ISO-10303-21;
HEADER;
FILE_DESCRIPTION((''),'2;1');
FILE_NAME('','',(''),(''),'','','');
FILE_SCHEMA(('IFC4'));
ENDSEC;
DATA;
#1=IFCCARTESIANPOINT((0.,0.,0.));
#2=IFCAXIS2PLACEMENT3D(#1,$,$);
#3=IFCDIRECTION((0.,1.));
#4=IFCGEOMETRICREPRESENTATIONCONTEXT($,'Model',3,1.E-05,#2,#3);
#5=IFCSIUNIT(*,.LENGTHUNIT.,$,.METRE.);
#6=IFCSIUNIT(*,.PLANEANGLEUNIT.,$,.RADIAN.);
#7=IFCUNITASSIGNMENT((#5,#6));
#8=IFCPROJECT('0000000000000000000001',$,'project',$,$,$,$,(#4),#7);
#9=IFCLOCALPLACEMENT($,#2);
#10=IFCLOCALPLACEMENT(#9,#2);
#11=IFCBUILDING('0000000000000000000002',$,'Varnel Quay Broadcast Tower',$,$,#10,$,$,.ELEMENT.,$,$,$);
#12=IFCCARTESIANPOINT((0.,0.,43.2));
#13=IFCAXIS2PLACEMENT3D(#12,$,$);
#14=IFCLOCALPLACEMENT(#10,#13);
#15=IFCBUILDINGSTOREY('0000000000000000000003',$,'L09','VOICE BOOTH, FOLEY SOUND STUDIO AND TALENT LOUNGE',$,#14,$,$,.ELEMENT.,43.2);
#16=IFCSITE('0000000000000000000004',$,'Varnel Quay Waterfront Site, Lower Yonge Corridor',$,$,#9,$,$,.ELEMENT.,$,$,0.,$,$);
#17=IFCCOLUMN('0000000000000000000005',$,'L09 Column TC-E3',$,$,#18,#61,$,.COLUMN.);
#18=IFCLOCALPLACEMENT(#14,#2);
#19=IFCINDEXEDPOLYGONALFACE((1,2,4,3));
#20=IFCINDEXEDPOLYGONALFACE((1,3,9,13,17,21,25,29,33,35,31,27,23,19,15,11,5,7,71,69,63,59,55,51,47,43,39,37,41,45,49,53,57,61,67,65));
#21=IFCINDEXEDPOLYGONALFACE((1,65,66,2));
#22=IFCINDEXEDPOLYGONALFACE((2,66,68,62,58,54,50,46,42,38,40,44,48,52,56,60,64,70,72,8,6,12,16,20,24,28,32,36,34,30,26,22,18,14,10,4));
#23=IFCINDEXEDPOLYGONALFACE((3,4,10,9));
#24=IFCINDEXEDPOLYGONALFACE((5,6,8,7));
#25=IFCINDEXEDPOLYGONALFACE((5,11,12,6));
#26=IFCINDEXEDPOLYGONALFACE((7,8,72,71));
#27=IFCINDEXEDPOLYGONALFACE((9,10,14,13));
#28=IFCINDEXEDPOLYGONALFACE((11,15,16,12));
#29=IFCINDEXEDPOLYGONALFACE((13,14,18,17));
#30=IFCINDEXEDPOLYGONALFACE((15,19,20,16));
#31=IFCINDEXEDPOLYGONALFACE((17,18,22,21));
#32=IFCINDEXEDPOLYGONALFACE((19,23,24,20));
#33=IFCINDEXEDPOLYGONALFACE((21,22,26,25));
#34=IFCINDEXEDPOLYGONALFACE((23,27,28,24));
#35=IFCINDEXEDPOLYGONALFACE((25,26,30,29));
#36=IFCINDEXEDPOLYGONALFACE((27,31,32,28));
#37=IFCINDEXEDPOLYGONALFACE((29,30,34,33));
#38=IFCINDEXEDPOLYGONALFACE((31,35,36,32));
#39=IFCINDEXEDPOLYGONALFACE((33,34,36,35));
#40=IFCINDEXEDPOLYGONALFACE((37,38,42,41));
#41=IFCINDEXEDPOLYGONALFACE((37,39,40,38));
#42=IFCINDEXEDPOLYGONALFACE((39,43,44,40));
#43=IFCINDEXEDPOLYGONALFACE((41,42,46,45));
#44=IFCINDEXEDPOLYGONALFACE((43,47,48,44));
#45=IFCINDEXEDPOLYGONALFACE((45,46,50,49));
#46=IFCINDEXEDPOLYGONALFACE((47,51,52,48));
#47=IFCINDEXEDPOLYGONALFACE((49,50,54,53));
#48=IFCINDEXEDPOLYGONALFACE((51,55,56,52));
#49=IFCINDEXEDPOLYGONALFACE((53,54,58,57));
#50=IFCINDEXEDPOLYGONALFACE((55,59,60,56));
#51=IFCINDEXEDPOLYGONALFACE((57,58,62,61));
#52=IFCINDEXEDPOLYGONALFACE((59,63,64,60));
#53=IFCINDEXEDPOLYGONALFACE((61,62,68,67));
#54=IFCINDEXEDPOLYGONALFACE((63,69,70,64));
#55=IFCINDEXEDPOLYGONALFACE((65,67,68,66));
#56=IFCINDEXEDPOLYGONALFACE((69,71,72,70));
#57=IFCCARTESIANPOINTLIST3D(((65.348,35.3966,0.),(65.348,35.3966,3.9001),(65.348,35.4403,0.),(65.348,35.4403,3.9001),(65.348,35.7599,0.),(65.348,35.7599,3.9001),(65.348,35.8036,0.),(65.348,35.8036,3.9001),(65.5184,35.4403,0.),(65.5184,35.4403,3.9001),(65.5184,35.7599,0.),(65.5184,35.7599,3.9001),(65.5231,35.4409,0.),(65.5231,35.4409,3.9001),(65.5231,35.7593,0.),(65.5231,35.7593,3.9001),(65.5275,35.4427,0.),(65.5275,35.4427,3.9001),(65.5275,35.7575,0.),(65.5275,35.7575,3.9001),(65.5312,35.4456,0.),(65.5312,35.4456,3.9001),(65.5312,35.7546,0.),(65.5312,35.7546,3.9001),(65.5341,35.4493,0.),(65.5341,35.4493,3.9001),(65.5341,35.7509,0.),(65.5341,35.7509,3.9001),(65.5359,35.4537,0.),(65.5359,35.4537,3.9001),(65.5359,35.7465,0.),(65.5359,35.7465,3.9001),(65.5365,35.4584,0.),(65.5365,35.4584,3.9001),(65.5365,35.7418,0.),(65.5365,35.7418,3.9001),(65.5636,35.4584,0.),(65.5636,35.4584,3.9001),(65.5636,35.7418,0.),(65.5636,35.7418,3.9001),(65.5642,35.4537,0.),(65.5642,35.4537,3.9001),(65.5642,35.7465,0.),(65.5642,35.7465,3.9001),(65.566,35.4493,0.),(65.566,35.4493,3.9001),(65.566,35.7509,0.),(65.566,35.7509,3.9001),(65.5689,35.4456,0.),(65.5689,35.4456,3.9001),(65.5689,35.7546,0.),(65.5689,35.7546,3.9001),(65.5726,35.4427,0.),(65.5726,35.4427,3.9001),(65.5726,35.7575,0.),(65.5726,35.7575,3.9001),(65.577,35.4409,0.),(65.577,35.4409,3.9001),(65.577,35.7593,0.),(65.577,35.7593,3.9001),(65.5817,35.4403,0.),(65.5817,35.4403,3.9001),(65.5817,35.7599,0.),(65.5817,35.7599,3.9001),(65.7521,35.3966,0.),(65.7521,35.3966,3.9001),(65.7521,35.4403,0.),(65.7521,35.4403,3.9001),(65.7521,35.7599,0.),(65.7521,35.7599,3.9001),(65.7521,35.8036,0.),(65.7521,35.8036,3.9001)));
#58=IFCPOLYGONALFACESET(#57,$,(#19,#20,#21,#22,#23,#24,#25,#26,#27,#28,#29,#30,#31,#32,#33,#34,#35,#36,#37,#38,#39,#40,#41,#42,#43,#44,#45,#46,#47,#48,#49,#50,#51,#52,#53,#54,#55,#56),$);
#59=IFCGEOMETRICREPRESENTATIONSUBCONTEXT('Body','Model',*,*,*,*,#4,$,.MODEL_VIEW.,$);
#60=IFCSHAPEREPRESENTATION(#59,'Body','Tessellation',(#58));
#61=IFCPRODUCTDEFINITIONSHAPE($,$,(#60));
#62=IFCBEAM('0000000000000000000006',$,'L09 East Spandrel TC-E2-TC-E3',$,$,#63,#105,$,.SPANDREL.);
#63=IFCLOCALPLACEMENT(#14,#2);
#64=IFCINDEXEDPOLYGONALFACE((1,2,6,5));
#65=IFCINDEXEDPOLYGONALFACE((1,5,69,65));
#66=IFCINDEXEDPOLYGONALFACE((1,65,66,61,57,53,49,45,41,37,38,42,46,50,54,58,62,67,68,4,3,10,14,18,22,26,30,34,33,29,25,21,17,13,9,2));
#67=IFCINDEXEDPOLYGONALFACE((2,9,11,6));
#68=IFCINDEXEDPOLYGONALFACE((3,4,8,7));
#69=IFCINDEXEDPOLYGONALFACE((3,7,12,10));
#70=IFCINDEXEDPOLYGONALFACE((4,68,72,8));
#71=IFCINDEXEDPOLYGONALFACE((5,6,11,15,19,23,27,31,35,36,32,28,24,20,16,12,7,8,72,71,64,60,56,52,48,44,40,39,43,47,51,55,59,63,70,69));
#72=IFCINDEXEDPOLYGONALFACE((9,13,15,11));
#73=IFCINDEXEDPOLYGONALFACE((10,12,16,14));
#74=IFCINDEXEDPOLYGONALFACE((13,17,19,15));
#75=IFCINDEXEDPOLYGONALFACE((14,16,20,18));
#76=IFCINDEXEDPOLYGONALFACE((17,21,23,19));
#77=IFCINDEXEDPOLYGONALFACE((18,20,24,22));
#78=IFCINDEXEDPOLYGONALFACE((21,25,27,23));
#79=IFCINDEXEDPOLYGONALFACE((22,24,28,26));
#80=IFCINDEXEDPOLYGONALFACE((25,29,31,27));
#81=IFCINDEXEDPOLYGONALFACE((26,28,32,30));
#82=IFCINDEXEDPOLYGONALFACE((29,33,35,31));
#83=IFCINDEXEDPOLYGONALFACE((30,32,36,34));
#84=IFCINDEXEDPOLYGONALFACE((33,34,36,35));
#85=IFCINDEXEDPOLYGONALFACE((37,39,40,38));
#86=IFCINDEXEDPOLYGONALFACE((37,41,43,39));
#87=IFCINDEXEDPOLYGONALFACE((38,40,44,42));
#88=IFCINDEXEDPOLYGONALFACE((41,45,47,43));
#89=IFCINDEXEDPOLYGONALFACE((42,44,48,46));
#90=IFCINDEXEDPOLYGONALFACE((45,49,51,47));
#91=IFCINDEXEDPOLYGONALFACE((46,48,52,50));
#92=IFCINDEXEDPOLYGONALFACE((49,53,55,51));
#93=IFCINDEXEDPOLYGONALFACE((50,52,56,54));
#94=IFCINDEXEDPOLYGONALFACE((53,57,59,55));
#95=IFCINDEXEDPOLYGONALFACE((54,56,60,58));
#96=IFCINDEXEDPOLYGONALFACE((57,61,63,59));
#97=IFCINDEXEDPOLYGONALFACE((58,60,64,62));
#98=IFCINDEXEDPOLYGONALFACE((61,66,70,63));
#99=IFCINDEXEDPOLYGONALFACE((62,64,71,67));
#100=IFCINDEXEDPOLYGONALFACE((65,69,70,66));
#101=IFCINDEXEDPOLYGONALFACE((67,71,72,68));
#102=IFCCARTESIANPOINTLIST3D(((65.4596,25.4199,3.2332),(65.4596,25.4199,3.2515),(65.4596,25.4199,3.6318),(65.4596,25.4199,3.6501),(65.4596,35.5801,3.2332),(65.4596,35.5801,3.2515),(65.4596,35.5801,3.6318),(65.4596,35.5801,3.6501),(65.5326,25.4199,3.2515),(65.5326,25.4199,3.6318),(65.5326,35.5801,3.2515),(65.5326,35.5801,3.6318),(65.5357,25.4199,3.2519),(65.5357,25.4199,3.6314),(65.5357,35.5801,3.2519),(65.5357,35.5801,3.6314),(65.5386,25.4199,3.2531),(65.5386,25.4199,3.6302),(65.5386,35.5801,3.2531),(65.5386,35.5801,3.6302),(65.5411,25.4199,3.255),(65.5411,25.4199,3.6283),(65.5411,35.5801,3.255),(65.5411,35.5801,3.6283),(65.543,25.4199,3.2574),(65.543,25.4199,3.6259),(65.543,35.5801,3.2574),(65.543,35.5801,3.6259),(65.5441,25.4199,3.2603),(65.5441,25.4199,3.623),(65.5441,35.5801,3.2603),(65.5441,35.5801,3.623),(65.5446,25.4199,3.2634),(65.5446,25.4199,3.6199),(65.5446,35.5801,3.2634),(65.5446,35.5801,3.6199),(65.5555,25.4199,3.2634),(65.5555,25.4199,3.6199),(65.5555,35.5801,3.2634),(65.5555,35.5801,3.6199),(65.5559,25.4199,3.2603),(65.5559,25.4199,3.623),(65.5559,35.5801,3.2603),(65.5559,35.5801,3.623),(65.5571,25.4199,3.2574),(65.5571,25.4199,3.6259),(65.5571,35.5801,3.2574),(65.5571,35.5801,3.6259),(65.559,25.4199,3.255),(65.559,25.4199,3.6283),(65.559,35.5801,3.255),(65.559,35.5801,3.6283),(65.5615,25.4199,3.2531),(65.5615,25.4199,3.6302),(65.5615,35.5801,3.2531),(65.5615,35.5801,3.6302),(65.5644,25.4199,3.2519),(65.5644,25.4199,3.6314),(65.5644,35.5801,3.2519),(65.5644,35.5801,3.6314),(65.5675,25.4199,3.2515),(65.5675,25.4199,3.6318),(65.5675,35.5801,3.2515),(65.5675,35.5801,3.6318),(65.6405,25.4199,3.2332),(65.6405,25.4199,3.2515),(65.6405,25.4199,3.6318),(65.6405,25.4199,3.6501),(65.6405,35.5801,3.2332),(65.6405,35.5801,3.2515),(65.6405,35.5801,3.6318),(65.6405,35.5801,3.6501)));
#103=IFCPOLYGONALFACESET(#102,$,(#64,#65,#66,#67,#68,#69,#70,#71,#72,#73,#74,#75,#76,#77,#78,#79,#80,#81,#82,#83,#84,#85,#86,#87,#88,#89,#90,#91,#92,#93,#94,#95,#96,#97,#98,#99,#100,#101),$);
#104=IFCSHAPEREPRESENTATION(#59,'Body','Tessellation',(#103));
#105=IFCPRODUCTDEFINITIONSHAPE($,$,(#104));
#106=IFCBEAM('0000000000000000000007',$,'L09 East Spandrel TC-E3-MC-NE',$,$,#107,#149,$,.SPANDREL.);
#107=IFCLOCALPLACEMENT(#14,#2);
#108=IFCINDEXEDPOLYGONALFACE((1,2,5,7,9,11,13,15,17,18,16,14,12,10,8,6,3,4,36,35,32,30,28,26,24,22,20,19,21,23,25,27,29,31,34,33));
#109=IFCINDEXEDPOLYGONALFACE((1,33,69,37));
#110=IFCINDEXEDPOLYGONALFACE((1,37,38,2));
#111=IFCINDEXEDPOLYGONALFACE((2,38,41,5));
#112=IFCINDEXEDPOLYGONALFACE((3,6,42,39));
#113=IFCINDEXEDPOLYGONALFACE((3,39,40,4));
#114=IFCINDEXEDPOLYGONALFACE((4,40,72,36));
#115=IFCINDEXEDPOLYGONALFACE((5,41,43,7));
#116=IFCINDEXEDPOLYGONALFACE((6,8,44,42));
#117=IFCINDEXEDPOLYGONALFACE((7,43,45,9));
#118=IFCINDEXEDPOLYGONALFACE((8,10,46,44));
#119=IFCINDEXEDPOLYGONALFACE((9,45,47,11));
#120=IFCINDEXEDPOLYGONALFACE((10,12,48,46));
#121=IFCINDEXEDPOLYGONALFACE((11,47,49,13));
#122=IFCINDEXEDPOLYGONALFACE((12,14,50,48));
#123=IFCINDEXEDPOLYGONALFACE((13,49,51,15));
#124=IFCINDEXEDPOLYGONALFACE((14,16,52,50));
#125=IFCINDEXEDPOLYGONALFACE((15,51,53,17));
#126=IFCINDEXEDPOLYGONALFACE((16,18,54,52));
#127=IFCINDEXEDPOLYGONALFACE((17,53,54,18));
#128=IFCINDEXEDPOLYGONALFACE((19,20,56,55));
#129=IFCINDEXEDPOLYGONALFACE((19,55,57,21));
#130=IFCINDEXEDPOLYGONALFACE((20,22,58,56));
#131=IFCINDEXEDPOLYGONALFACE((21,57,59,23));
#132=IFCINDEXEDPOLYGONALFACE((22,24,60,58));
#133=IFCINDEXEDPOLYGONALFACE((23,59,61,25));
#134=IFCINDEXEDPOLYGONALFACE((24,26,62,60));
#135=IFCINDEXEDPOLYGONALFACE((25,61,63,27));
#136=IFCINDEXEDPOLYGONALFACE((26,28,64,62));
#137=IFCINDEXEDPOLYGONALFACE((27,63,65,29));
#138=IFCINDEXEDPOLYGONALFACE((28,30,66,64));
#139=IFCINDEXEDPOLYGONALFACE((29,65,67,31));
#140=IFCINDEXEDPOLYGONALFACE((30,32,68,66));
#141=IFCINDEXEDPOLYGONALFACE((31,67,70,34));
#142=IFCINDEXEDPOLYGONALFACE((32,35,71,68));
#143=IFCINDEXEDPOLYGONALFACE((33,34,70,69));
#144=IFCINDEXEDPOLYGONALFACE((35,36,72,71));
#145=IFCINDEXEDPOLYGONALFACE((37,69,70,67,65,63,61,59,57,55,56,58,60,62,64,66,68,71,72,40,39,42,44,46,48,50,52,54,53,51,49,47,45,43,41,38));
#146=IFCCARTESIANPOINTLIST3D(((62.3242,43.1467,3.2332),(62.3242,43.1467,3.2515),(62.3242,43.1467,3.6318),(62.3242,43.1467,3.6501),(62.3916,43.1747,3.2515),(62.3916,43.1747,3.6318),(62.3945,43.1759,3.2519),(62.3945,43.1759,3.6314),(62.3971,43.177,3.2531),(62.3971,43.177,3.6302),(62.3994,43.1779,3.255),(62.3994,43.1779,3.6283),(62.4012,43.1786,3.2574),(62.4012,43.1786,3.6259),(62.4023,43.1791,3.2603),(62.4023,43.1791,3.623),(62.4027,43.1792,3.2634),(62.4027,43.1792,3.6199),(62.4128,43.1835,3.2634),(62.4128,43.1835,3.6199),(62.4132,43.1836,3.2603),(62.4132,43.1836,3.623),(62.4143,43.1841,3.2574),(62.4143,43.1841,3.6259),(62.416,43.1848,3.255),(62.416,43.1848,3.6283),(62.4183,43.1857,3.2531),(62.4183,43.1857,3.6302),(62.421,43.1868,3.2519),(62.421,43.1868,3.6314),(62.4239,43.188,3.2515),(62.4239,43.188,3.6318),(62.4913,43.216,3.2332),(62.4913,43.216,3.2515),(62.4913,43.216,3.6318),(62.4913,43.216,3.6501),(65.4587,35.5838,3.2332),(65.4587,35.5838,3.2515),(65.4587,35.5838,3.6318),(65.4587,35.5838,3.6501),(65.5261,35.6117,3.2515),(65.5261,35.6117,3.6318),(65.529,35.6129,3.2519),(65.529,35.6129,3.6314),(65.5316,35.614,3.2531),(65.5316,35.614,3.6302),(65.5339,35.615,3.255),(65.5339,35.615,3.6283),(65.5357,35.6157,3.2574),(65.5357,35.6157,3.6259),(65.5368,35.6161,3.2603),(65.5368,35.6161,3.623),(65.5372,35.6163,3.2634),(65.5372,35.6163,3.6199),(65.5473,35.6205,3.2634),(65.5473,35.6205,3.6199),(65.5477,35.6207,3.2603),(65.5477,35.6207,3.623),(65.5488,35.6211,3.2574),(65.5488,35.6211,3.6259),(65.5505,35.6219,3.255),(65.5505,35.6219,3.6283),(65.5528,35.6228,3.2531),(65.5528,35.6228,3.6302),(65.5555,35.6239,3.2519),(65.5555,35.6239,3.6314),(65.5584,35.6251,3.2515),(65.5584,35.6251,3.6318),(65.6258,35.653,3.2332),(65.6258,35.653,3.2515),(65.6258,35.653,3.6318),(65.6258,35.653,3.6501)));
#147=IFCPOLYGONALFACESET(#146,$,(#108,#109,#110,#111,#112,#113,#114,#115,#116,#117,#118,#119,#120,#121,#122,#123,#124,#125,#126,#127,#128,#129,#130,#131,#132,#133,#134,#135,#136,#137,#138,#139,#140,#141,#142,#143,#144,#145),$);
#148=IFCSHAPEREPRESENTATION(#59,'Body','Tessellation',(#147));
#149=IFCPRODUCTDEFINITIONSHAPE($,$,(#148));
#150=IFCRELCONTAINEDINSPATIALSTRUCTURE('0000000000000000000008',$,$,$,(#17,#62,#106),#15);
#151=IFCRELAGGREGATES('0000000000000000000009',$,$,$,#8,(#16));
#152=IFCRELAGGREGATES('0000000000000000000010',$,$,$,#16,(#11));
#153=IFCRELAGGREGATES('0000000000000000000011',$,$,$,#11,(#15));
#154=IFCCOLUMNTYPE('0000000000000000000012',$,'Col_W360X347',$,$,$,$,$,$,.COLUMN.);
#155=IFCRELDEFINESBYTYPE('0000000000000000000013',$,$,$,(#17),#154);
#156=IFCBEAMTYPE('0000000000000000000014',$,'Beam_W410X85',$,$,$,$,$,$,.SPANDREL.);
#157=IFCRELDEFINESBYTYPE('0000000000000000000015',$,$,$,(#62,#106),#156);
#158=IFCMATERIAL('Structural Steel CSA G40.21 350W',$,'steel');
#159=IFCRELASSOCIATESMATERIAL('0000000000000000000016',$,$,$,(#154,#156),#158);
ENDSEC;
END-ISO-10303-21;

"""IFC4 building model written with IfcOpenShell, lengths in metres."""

from ifc_helpers import new_model, si_unit, direction, frame, origin, origin_2d, place, context, subcontext, project, spatial, i_section, extrude, source, transform, mapped, material, material_profile, profile_set, type_object, type_shapes, element, save


model = new_model("IFC4")

# Units and contexts
model_context = context("Model", 3, precision=1e-05, world=origin(), true_north=direction((0.0, 1.0)))
body_context = subcontext(model_context, "Body", "Model", "MODEL_VIEW")
ifc_project = project(units=[si_unit("LENGTHUNIT", "METRE"), si_unit("PLANEANGLEUNIT", "RADIAN")], contexts=[model_context])

# Site, building, storey
site_placement = place(None, origin())
site = spatial("IfcSite", under=ifc_project, at=site_placement, Name="Varnel Quay Waterfront Site, Lower Yonge Corridor", CompositionType="ELEMENT", RefElevation=0.0)
building_placement = place(site_placement, origin())
building = spatial("IfcBuilding", under=site, at=building_placement, Name="Varnel Quay Broadcast Tower", CompositionType="ELEMENT")
storey_placement = place(building_placement, frame((0.0, 0.0, 43.2)))
storey = spatial("IfcBuildingStorey", under=building, at=storey_placement, Name="L09", Description="VOICE BOOTH, FOLEY SOUND STUDIO AND TALENT LOUNGE", CompositionType="ELEMENT", Elevation=43.2)

# Column
ifc_material_1 = material(Name="Structural Steel CSA G40.21 350W", Category="steel")
ifc_material_profile_1 = material_profile(ifc_material_1, i_section(OverallWidth=0.4041, OverallDepth=0.407, WebThickness=0.0271, FlangeThickness=0.0437, FilletRadius=0.0181, at=origin_2d()), Name="W360X347")
ifc_profile_set_1 = profile_set([ifc_material_profile_1], Name="Structural Steel CSA G40.21 350W")
column_type_1 = type_object("IfcColumnType", Name="Col_W360X347", PredefinedType="COLUMN", material=ifc_profile_set_1)
shared_shape_1 = source(origin(), body_context, "Body", "SweptSolid", [
    extrude(i_section(OverallWidth=0.4041, OverallDepth=0.407, WebThickness=0.0271, FlangeThickness=0.0437, FilletRadius=0.0181, at=origin_2d()), origin(), (0.0, 0.0, 1.0), 3.9001),
])
type_shapes(column_type_1, [shared_shape_1])
for number, where, z_axis, x_axis, name in (
    (1, (65.55, 35.6001, 0.0), (0.0, 0.0, 1.0), (1.0, 0.0, 0.0), "L09 Column TC-E3"),
):
    element("IfcColumn", number, at=place(storey_placement, frame(where, z_axis=z_axis, x_axis=x_axis)), inside=storey, type_object=column_type_1, Name=name, PredefinedType="COLUMN", context=body_context, shape_type="MappedRepresentation", body=[
        mapped(shared_shape_1, transform((0.0, 0.0, 0.0), x_axis=(1.0, 0.0, 0.0), y_axis=(0.0, 1.0, 0.0), z_axis=(0.0, 0.0, 1.0), scale=1.0)),
    ])

# Beams
ifc_material_profile_2 = material_profile(ifc_material_1, i_section(OverallWidth=0.1809, OverallDepth=0.417, WebThickness=0.011, FlangeThickness=0.0183, FilletRadius=0.012, at=origin_2d()), Name="W410X85")
ifc_profile_set_2 = profile_set([ifc_material_profile_2], Name="Structural Steel CSA G40.21 350W")
beam_type_1 = type_object("IfcBeamType", Name="Beam_W410X85", PredefinedType="SPANDREL", material=ifc_profile_set_2)
shared_shape_2 = source(origin(), body_context, "Body", "SweptSolid", [
    extrude(i_section(OverallWidth=0.1809, OverallDepth=0.417, WebThickness=0.011, FlangeThickness=0.0183, FilletRadius=0.012, at=origin_2d()), origin(), (0.0, 0.0, 1.0), 10.1602),
])
beam_1_placement = place(storey_placement, frame((65.55, 25.4199, 3.4417), z_axis=(0.0, 1.0, 0.0), x_axis=(-1.0, 0.0, 0.0)))
element("IfcBeam", 2, at=beam_1_placement, inside=storey, type_object=beam_type_1, Name="L09 East Spandrel TC-E2-TC-E3", PredefinedType="SPANDREL", context=body_context, shape_type="MappedRepresentation", body=[
    mapped(shared_shape_2, transform((0.0, 0.0, 0.0), x_axis=(1.0, 0.0, 0.0), y_axis=(0.0, 1.0, 0.0), z_axis=(0.0, 0.0, 1.0), scale=1.0)),
])
shared_shape_3 = source(origin(), body_context, "Body", "SweptSolid", [
    extrude(i_section(OverallWidth=0.1809, OverallDepth=0.417, WebThickness=0.011, FlangeThickness=0.0183, FilletRadius=0.012, at=origin_2d()), origin(), (0.0, 0.0, 1.0), 8.1868),
])
beam_2_placement = place(storey_placement, frame((65.5422, 35.6184, 3.4417), z_axis=(-0.382874, 0.923801, 0.0), x_axis=(-0.923801, -0.382874, 0.0)))
element("IfcBeam", 3, at=beam_2_placement, inside=storey, type_object=beam_type_1, Name="L09 East Spandrel TC-E3-MC-NE", PredefinedType="SPANDREL", context=body_context, shape_type="MappedRepresentation", body=[
    mapped(shared_shape_3, transform((0.0, 0.0, 0.0), x_axis=(1.0, 0.0, 0.0), y_axis=(0.0, 1.0, 0.0), z_axis=(0.0, 0.0, 1.0), scale=1.0)),
])

save(model, "model.ifc")
